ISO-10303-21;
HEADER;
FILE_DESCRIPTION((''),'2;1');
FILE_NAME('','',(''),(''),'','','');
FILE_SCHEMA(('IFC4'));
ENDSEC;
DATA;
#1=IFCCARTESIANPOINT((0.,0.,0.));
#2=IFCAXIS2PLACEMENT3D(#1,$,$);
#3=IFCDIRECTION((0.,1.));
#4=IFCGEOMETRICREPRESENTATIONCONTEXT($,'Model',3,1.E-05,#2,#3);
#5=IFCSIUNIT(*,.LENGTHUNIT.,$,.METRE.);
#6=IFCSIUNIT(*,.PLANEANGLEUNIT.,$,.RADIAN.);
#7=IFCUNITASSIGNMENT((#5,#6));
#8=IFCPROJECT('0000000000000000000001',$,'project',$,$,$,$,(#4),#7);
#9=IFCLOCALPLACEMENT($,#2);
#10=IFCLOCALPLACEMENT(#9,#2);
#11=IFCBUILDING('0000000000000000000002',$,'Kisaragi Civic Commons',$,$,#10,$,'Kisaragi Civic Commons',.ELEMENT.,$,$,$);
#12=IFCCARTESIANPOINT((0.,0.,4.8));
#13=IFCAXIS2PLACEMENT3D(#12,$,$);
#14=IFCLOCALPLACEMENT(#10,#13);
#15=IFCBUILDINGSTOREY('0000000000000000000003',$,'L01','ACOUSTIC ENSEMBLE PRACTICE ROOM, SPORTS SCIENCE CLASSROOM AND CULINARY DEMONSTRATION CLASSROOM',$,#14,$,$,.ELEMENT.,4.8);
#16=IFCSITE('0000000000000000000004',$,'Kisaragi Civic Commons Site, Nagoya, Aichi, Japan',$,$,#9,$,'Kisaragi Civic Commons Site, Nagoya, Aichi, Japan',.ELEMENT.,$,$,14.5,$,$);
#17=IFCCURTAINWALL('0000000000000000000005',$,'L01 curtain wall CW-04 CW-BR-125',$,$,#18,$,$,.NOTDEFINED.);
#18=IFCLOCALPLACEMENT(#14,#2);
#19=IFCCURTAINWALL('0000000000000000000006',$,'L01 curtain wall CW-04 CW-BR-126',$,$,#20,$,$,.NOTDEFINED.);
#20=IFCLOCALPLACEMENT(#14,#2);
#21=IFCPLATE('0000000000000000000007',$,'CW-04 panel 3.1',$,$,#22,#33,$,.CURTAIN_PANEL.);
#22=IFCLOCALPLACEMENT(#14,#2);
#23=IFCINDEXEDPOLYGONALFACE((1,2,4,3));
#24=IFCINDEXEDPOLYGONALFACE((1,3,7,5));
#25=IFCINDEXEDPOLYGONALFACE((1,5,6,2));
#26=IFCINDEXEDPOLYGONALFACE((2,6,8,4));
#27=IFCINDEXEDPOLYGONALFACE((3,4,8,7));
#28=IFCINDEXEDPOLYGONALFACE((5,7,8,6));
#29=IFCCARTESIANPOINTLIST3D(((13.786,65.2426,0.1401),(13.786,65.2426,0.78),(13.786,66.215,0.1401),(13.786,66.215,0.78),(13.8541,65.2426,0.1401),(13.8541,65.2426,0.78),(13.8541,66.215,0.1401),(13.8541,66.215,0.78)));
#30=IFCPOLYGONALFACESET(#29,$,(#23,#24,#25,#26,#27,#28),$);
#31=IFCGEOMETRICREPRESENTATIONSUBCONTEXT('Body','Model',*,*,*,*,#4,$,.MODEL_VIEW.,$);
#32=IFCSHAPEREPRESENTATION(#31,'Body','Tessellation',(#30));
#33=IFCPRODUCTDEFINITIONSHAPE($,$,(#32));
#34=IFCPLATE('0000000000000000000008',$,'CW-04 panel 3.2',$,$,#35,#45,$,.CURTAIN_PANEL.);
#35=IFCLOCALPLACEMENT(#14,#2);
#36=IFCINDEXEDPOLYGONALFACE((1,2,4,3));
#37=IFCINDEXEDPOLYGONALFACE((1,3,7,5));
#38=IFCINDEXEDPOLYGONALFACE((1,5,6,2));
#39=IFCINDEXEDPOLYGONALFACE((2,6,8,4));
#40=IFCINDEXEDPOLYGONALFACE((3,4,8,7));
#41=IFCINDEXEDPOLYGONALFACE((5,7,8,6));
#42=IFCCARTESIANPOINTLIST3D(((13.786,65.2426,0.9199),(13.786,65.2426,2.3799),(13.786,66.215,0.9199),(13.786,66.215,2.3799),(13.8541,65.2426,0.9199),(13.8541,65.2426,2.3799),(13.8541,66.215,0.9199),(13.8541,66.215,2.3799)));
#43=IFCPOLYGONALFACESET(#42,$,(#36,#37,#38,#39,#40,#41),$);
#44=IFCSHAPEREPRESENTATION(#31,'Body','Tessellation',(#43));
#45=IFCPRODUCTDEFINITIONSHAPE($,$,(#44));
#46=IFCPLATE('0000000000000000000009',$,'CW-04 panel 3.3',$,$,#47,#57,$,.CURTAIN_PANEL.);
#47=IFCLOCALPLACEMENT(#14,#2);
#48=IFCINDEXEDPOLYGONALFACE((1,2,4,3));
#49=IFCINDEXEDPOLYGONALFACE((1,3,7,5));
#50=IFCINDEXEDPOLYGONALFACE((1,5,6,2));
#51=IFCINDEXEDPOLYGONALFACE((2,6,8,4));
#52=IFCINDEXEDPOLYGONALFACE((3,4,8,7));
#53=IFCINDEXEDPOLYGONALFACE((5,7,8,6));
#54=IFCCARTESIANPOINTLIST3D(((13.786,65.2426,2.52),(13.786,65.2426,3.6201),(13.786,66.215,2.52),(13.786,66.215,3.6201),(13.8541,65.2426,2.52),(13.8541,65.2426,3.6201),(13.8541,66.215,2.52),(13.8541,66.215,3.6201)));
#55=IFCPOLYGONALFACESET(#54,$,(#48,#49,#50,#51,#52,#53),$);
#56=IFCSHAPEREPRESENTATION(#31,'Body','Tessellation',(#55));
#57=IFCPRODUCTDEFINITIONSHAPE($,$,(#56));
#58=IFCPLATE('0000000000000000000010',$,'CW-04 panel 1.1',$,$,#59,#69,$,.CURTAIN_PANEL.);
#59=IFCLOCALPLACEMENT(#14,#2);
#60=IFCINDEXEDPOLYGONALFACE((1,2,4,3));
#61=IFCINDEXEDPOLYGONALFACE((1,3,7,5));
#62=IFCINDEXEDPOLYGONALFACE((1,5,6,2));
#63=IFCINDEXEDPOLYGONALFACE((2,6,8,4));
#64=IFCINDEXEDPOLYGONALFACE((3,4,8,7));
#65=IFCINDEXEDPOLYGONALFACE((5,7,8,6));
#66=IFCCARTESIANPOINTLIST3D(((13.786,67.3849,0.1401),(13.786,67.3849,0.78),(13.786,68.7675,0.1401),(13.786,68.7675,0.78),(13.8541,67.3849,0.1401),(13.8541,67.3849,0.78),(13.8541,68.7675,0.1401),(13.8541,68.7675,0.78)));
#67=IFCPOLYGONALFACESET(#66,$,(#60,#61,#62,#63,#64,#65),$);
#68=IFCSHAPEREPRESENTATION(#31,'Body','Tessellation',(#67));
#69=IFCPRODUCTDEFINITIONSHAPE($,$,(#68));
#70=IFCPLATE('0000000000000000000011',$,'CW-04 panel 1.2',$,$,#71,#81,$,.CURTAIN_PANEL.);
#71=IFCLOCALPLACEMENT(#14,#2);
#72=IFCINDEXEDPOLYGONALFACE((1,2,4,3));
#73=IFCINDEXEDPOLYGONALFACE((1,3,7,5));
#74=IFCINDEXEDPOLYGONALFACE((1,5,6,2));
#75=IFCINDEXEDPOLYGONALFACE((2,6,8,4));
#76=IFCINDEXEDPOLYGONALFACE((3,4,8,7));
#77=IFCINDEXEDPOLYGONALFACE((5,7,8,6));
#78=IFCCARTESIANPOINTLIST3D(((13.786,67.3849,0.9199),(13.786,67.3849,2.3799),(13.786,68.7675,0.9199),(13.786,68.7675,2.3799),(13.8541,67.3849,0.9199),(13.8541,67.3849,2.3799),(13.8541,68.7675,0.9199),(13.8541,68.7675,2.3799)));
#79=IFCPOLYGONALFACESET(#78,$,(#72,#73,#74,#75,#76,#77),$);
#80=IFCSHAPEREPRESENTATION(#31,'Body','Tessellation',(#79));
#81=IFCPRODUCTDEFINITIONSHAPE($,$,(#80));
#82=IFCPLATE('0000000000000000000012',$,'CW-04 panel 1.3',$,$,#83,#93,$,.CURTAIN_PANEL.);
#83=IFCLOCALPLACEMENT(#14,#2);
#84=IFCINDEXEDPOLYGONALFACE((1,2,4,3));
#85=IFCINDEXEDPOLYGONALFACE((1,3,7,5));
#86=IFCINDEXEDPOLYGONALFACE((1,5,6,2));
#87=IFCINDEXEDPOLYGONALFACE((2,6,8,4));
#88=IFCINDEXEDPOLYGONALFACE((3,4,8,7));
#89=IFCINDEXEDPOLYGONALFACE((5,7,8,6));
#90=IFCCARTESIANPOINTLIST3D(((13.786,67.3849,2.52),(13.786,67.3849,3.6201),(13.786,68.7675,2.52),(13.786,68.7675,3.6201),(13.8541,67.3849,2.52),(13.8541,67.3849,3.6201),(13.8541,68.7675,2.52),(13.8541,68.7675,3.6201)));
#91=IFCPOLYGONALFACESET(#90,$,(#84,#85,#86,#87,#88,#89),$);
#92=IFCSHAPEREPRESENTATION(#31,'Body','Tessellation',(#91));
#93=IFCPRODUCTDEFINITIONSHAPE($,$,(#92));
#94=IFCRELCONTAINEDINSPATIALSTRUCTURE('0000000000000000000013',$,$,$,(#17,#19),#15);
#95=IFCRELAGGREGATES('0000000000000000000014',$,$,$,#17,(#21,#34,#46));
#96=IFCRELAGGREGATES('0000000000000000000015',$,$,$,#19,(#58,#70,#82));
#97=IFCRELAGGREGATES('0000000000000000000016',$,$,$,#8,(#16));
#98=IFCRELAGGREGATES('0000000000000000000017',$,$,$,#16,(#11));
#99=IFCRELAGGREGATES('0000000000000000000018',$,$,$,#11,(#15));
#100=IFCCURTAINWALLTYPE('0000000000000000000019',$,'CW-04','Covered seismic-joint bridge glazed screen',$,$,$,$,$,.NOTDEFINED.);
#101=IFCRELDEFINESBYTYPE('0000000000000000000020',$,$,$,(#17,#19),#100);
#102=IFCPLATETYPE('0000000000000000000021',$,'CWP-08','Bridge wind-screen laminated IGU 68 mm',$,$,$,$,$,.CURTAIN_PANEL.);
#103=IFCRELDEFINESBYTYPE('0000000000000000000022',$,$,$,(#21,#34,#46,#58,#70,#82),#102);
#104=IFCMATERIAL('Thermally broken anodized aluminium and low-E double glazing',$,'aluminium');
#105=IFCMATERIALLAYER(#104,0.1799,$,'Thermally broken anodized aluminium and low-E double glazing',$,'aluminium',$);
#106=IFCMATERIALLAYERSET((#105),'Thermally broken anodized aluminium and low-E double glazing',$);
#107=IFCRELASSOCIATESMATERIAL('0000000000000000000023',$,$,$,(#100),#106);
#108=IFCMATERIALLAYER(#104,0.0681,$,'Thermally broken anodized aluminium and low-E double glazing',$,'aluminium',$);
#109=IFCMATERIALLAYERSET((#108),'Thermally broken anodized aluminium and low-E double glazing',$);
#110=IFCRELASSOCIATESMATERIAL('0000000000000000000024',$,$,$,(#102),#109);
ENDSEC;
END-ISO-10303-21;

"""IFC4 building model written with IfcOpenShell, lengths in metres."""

from ifc_helpers import new_model, si_unit, direction, frame, origin, origin_2d, place, context, subcontext, project, spatial, rectangle, extrude, material, layer, layer_set, type_object, element, aggregate, save


model = new_model("IFC4")

# Units and contexts
model_context = context("Model", 3, precision=1e-05, world=origin(), true_north=direction((0.0, 1.0)))
body_context = subcontext(model_context, "Body", "Model", "MODEL_VIEW")
ifc_project = project(units=[si_unit("LENGTHUNIT", "METRE"), si_unit("PLANEANGLEUNIT", "RADIAN")], contexts=[model_context])

# Site, building, storey
site_placement = place(None, origin())
site = spatial("IfcSite", under=ifc_project, at=site_placement, Name="Kisaragi Civic Commons Site, Nagoya, Aichi, Japan", LongName="Kisaragi Civic Commons Site, Nagoya, Aichi, Japan", CompositionType="ELEMENT", RefElevation=14.5)
building_placement = place(site_placement, origin())
building = spatial("IfcBuilding", under=site, at=building_placement, Name="Kisaragi Civic Commons", LongName="Kisaragi Civic Commons", CompositionType="ELEMENT")
storey_placement = place(building_placement, frame((0.0, 0.0, 4.8)))
storey = spatial("IfcBuildingStorey", under=building, at=storey_placement, Name="L01", Description="ACOUSTIC ENSEMBLE PRACTICE ROOM, SPORTS SCIENCE CLASSROOM AND CULINARY DEMONSTRATION CLASSROOM", CompositionType="ELEMENT", Elevation=4.8)

# Curtain wall
ifc_material_1 = material(Name="Thermally broken anodized aluminium and low-E double glazing", Category="aluminium")
ifc_layer_1 = layer(ifc_material_1, 0.1799, Name="Thermally broken anodized aluminium and low-E double glazing", Category="aluminium")
ifc_layer_set_1 = layer_set([ifc_layer_1], Name="Thermally broken anodized aluminium and low-E double glazing")
curtain_wall_type = type_object("IfcCurtainWallType", Name="CW-04", Description="Covered seismic-joint bridge glazed screen", PredefinedType="NOTDEFINED", material=ifc_layer_set_1)
curtain_wall_1_placement = place(storey_placement, origin())
curtain_wall_1 = element("IfcCurtainWall", 1, at=curtain_wall_1_placement, inside=storey, type_object=curtain_wall_type, Name="L01 curtain wall CW-04 CW-BR-125", PredefinedType="NOTDEFINED")

# Curtain wall
curtain_wall_2_placement = place(storey_placement, origin())
curtain_wall_2 = element("IfcCurtainWall", 2, at=curtain_wall_2_placement, inside=storey, type_object=curtain_wall_type, Name="L01 curtain wall CW-04 CW-BR-126", PredefinedType="NOTDEFINED")

# Plates
ifc_layer_2 = layer(ifc_material_1, 0.0681, Name="Thermally broken anodized aluminium and low-E double glazing", Category="aluminium")
ifc_layer_set_2 = layer_set([ifc_layer_2], Name="Thermally broken anodized aluminium and low-E double glazing")
plate_type_1 = type_object("IfcPlateType", Name="CWP-08", Description="Bridge wind-screen laminated IGU 68 mm", PredefinedType="CURTAIN_PANEL", material=ifc_layer_set_2)
plate_1_placement = place(storey_placement, frame((13.8201, 65.7288, 0.1401), z_axis=(0.0, 0.0, 1.0), x_axis=(0.0, 1.0, 0.0)))
plate_1 = element("IfcPlate", 3, at=plate_1_placement, type_object=plate_type_1, Name="CW-04 panel 3.1", PredefinedType="CURTAIN_PANEL", context=body_context, shape_type="SweptSolid", body=[
    extrude(rectangle(XDim=0.9724, YDim=0.0681, at=origin_2d()), origin(), (0.0, 0.0, 1.0), 0.6399),
])
plate_2_placement = place(storey_placement, frame((13.8201, 65.7288, 0.9199), z_axis=(0.0, 0.0, 1.0), x_axis=(0.0, 1.0, 0.0)))
plate_2 = element("IfcPlate", 4, at=plate_2_placement, type_object=plate_type_1, Name="CW-04 panel 3.2", PredefinedType="CURTAIN_PANEL", context=body_context, shape_type="SweptSolid", body=[
    extrude(rectangle(XDim=0.9724, YDim=0.0681, at=origin_2d()), origin(), (0.0, 0.0, 1.0), 1.46),
])
plate_3_placement = place(storey_placement, frame((13.8201, 65.7288, 2.52), z_axis=(0.0, 0.0, 1.0), x_axis=(0.0, 1.0, 0.0)))
plate_3 = element("IfcPlate", 5, at=plate_3_placement, type_object=plate_type_1, Name="CW-04 panel 3.3", PredefinedType="CURTAIN_PANEL", context=body_context, shape_type="SweptSolid", body=[
    extrude(rectangle(XDim=0.9724, YDim=0.0681, at=origin_2d()), origin(), (0.0, 0.0, 1.0), 1.1001),
])
aggregate(curtain_wall_1, [plate_1, plate_2, plate_3])
plate_4_placement = place(storey_placement, frame((13.8201, 68.0762, 0.1401), z_axis=(0.0, 0.0, 1.0), x_axis=(0.0, 1.0, 0.0)))
plate_4 = element("IfcPlate", 6, at=plate_4_placement, type_object=plate_type_1, Name="CW-04 panel 1.1", PredefinedType="CURTAIN_PANEL", context=body_context, shape_type="SweptSolid", body=[
    extrude(rectangle(XDim=1.3826, YDim=0.0681, at=origin_2d()), origin(), (0.0, 0.0, 1.0), 0.6399),
])
plate_5_placement = place(storey_placement, frame((13.8201, 68.0762, 0.9199), z_axis=(0.0, 0.0, 1.0), x_axis=(0.0, 1.0, 0.0)))
plate_5 = element("IfcPlate", 7, at=plate_5_placement, type_object=plate_type_1, Name="CW-04 panel 1.2", PredefinedType="CURTAIN_PANEL", context=body_context, shape_type="SweptSolid", body=[
    extrude(rectangle(XDim=1.3826, YDim=0.0681, at=origin_2d()), origin(), (0.0, 0.0, 1.0), 1.46),
])
plate_6_placement = place(storey_placement, frame((13.8201, 68.0762, 2.52), z_axis=(0.0, 0.0, 1.0), x_axis=(0.0, 1.0, 0.0)))
plate_6 = element("IfcPlate", 8, at=plate_6_placement, type_object=plate_type_1, Name="CW-04 panel 1.3", PredefinedType="CURTAIN_PANEL", context=body_context, shape_type="SweptSolid", body=[
    extrude(rectangle(XDim=1.3826, YDim=0.0681, at=origin_2d()), origin(), (0.0, 0.0, 1.0), 1.1001),
])
aggregate(curtain_wall_2, [plate_4, plate_5, plate_6])

save(model, "model.ifc")
